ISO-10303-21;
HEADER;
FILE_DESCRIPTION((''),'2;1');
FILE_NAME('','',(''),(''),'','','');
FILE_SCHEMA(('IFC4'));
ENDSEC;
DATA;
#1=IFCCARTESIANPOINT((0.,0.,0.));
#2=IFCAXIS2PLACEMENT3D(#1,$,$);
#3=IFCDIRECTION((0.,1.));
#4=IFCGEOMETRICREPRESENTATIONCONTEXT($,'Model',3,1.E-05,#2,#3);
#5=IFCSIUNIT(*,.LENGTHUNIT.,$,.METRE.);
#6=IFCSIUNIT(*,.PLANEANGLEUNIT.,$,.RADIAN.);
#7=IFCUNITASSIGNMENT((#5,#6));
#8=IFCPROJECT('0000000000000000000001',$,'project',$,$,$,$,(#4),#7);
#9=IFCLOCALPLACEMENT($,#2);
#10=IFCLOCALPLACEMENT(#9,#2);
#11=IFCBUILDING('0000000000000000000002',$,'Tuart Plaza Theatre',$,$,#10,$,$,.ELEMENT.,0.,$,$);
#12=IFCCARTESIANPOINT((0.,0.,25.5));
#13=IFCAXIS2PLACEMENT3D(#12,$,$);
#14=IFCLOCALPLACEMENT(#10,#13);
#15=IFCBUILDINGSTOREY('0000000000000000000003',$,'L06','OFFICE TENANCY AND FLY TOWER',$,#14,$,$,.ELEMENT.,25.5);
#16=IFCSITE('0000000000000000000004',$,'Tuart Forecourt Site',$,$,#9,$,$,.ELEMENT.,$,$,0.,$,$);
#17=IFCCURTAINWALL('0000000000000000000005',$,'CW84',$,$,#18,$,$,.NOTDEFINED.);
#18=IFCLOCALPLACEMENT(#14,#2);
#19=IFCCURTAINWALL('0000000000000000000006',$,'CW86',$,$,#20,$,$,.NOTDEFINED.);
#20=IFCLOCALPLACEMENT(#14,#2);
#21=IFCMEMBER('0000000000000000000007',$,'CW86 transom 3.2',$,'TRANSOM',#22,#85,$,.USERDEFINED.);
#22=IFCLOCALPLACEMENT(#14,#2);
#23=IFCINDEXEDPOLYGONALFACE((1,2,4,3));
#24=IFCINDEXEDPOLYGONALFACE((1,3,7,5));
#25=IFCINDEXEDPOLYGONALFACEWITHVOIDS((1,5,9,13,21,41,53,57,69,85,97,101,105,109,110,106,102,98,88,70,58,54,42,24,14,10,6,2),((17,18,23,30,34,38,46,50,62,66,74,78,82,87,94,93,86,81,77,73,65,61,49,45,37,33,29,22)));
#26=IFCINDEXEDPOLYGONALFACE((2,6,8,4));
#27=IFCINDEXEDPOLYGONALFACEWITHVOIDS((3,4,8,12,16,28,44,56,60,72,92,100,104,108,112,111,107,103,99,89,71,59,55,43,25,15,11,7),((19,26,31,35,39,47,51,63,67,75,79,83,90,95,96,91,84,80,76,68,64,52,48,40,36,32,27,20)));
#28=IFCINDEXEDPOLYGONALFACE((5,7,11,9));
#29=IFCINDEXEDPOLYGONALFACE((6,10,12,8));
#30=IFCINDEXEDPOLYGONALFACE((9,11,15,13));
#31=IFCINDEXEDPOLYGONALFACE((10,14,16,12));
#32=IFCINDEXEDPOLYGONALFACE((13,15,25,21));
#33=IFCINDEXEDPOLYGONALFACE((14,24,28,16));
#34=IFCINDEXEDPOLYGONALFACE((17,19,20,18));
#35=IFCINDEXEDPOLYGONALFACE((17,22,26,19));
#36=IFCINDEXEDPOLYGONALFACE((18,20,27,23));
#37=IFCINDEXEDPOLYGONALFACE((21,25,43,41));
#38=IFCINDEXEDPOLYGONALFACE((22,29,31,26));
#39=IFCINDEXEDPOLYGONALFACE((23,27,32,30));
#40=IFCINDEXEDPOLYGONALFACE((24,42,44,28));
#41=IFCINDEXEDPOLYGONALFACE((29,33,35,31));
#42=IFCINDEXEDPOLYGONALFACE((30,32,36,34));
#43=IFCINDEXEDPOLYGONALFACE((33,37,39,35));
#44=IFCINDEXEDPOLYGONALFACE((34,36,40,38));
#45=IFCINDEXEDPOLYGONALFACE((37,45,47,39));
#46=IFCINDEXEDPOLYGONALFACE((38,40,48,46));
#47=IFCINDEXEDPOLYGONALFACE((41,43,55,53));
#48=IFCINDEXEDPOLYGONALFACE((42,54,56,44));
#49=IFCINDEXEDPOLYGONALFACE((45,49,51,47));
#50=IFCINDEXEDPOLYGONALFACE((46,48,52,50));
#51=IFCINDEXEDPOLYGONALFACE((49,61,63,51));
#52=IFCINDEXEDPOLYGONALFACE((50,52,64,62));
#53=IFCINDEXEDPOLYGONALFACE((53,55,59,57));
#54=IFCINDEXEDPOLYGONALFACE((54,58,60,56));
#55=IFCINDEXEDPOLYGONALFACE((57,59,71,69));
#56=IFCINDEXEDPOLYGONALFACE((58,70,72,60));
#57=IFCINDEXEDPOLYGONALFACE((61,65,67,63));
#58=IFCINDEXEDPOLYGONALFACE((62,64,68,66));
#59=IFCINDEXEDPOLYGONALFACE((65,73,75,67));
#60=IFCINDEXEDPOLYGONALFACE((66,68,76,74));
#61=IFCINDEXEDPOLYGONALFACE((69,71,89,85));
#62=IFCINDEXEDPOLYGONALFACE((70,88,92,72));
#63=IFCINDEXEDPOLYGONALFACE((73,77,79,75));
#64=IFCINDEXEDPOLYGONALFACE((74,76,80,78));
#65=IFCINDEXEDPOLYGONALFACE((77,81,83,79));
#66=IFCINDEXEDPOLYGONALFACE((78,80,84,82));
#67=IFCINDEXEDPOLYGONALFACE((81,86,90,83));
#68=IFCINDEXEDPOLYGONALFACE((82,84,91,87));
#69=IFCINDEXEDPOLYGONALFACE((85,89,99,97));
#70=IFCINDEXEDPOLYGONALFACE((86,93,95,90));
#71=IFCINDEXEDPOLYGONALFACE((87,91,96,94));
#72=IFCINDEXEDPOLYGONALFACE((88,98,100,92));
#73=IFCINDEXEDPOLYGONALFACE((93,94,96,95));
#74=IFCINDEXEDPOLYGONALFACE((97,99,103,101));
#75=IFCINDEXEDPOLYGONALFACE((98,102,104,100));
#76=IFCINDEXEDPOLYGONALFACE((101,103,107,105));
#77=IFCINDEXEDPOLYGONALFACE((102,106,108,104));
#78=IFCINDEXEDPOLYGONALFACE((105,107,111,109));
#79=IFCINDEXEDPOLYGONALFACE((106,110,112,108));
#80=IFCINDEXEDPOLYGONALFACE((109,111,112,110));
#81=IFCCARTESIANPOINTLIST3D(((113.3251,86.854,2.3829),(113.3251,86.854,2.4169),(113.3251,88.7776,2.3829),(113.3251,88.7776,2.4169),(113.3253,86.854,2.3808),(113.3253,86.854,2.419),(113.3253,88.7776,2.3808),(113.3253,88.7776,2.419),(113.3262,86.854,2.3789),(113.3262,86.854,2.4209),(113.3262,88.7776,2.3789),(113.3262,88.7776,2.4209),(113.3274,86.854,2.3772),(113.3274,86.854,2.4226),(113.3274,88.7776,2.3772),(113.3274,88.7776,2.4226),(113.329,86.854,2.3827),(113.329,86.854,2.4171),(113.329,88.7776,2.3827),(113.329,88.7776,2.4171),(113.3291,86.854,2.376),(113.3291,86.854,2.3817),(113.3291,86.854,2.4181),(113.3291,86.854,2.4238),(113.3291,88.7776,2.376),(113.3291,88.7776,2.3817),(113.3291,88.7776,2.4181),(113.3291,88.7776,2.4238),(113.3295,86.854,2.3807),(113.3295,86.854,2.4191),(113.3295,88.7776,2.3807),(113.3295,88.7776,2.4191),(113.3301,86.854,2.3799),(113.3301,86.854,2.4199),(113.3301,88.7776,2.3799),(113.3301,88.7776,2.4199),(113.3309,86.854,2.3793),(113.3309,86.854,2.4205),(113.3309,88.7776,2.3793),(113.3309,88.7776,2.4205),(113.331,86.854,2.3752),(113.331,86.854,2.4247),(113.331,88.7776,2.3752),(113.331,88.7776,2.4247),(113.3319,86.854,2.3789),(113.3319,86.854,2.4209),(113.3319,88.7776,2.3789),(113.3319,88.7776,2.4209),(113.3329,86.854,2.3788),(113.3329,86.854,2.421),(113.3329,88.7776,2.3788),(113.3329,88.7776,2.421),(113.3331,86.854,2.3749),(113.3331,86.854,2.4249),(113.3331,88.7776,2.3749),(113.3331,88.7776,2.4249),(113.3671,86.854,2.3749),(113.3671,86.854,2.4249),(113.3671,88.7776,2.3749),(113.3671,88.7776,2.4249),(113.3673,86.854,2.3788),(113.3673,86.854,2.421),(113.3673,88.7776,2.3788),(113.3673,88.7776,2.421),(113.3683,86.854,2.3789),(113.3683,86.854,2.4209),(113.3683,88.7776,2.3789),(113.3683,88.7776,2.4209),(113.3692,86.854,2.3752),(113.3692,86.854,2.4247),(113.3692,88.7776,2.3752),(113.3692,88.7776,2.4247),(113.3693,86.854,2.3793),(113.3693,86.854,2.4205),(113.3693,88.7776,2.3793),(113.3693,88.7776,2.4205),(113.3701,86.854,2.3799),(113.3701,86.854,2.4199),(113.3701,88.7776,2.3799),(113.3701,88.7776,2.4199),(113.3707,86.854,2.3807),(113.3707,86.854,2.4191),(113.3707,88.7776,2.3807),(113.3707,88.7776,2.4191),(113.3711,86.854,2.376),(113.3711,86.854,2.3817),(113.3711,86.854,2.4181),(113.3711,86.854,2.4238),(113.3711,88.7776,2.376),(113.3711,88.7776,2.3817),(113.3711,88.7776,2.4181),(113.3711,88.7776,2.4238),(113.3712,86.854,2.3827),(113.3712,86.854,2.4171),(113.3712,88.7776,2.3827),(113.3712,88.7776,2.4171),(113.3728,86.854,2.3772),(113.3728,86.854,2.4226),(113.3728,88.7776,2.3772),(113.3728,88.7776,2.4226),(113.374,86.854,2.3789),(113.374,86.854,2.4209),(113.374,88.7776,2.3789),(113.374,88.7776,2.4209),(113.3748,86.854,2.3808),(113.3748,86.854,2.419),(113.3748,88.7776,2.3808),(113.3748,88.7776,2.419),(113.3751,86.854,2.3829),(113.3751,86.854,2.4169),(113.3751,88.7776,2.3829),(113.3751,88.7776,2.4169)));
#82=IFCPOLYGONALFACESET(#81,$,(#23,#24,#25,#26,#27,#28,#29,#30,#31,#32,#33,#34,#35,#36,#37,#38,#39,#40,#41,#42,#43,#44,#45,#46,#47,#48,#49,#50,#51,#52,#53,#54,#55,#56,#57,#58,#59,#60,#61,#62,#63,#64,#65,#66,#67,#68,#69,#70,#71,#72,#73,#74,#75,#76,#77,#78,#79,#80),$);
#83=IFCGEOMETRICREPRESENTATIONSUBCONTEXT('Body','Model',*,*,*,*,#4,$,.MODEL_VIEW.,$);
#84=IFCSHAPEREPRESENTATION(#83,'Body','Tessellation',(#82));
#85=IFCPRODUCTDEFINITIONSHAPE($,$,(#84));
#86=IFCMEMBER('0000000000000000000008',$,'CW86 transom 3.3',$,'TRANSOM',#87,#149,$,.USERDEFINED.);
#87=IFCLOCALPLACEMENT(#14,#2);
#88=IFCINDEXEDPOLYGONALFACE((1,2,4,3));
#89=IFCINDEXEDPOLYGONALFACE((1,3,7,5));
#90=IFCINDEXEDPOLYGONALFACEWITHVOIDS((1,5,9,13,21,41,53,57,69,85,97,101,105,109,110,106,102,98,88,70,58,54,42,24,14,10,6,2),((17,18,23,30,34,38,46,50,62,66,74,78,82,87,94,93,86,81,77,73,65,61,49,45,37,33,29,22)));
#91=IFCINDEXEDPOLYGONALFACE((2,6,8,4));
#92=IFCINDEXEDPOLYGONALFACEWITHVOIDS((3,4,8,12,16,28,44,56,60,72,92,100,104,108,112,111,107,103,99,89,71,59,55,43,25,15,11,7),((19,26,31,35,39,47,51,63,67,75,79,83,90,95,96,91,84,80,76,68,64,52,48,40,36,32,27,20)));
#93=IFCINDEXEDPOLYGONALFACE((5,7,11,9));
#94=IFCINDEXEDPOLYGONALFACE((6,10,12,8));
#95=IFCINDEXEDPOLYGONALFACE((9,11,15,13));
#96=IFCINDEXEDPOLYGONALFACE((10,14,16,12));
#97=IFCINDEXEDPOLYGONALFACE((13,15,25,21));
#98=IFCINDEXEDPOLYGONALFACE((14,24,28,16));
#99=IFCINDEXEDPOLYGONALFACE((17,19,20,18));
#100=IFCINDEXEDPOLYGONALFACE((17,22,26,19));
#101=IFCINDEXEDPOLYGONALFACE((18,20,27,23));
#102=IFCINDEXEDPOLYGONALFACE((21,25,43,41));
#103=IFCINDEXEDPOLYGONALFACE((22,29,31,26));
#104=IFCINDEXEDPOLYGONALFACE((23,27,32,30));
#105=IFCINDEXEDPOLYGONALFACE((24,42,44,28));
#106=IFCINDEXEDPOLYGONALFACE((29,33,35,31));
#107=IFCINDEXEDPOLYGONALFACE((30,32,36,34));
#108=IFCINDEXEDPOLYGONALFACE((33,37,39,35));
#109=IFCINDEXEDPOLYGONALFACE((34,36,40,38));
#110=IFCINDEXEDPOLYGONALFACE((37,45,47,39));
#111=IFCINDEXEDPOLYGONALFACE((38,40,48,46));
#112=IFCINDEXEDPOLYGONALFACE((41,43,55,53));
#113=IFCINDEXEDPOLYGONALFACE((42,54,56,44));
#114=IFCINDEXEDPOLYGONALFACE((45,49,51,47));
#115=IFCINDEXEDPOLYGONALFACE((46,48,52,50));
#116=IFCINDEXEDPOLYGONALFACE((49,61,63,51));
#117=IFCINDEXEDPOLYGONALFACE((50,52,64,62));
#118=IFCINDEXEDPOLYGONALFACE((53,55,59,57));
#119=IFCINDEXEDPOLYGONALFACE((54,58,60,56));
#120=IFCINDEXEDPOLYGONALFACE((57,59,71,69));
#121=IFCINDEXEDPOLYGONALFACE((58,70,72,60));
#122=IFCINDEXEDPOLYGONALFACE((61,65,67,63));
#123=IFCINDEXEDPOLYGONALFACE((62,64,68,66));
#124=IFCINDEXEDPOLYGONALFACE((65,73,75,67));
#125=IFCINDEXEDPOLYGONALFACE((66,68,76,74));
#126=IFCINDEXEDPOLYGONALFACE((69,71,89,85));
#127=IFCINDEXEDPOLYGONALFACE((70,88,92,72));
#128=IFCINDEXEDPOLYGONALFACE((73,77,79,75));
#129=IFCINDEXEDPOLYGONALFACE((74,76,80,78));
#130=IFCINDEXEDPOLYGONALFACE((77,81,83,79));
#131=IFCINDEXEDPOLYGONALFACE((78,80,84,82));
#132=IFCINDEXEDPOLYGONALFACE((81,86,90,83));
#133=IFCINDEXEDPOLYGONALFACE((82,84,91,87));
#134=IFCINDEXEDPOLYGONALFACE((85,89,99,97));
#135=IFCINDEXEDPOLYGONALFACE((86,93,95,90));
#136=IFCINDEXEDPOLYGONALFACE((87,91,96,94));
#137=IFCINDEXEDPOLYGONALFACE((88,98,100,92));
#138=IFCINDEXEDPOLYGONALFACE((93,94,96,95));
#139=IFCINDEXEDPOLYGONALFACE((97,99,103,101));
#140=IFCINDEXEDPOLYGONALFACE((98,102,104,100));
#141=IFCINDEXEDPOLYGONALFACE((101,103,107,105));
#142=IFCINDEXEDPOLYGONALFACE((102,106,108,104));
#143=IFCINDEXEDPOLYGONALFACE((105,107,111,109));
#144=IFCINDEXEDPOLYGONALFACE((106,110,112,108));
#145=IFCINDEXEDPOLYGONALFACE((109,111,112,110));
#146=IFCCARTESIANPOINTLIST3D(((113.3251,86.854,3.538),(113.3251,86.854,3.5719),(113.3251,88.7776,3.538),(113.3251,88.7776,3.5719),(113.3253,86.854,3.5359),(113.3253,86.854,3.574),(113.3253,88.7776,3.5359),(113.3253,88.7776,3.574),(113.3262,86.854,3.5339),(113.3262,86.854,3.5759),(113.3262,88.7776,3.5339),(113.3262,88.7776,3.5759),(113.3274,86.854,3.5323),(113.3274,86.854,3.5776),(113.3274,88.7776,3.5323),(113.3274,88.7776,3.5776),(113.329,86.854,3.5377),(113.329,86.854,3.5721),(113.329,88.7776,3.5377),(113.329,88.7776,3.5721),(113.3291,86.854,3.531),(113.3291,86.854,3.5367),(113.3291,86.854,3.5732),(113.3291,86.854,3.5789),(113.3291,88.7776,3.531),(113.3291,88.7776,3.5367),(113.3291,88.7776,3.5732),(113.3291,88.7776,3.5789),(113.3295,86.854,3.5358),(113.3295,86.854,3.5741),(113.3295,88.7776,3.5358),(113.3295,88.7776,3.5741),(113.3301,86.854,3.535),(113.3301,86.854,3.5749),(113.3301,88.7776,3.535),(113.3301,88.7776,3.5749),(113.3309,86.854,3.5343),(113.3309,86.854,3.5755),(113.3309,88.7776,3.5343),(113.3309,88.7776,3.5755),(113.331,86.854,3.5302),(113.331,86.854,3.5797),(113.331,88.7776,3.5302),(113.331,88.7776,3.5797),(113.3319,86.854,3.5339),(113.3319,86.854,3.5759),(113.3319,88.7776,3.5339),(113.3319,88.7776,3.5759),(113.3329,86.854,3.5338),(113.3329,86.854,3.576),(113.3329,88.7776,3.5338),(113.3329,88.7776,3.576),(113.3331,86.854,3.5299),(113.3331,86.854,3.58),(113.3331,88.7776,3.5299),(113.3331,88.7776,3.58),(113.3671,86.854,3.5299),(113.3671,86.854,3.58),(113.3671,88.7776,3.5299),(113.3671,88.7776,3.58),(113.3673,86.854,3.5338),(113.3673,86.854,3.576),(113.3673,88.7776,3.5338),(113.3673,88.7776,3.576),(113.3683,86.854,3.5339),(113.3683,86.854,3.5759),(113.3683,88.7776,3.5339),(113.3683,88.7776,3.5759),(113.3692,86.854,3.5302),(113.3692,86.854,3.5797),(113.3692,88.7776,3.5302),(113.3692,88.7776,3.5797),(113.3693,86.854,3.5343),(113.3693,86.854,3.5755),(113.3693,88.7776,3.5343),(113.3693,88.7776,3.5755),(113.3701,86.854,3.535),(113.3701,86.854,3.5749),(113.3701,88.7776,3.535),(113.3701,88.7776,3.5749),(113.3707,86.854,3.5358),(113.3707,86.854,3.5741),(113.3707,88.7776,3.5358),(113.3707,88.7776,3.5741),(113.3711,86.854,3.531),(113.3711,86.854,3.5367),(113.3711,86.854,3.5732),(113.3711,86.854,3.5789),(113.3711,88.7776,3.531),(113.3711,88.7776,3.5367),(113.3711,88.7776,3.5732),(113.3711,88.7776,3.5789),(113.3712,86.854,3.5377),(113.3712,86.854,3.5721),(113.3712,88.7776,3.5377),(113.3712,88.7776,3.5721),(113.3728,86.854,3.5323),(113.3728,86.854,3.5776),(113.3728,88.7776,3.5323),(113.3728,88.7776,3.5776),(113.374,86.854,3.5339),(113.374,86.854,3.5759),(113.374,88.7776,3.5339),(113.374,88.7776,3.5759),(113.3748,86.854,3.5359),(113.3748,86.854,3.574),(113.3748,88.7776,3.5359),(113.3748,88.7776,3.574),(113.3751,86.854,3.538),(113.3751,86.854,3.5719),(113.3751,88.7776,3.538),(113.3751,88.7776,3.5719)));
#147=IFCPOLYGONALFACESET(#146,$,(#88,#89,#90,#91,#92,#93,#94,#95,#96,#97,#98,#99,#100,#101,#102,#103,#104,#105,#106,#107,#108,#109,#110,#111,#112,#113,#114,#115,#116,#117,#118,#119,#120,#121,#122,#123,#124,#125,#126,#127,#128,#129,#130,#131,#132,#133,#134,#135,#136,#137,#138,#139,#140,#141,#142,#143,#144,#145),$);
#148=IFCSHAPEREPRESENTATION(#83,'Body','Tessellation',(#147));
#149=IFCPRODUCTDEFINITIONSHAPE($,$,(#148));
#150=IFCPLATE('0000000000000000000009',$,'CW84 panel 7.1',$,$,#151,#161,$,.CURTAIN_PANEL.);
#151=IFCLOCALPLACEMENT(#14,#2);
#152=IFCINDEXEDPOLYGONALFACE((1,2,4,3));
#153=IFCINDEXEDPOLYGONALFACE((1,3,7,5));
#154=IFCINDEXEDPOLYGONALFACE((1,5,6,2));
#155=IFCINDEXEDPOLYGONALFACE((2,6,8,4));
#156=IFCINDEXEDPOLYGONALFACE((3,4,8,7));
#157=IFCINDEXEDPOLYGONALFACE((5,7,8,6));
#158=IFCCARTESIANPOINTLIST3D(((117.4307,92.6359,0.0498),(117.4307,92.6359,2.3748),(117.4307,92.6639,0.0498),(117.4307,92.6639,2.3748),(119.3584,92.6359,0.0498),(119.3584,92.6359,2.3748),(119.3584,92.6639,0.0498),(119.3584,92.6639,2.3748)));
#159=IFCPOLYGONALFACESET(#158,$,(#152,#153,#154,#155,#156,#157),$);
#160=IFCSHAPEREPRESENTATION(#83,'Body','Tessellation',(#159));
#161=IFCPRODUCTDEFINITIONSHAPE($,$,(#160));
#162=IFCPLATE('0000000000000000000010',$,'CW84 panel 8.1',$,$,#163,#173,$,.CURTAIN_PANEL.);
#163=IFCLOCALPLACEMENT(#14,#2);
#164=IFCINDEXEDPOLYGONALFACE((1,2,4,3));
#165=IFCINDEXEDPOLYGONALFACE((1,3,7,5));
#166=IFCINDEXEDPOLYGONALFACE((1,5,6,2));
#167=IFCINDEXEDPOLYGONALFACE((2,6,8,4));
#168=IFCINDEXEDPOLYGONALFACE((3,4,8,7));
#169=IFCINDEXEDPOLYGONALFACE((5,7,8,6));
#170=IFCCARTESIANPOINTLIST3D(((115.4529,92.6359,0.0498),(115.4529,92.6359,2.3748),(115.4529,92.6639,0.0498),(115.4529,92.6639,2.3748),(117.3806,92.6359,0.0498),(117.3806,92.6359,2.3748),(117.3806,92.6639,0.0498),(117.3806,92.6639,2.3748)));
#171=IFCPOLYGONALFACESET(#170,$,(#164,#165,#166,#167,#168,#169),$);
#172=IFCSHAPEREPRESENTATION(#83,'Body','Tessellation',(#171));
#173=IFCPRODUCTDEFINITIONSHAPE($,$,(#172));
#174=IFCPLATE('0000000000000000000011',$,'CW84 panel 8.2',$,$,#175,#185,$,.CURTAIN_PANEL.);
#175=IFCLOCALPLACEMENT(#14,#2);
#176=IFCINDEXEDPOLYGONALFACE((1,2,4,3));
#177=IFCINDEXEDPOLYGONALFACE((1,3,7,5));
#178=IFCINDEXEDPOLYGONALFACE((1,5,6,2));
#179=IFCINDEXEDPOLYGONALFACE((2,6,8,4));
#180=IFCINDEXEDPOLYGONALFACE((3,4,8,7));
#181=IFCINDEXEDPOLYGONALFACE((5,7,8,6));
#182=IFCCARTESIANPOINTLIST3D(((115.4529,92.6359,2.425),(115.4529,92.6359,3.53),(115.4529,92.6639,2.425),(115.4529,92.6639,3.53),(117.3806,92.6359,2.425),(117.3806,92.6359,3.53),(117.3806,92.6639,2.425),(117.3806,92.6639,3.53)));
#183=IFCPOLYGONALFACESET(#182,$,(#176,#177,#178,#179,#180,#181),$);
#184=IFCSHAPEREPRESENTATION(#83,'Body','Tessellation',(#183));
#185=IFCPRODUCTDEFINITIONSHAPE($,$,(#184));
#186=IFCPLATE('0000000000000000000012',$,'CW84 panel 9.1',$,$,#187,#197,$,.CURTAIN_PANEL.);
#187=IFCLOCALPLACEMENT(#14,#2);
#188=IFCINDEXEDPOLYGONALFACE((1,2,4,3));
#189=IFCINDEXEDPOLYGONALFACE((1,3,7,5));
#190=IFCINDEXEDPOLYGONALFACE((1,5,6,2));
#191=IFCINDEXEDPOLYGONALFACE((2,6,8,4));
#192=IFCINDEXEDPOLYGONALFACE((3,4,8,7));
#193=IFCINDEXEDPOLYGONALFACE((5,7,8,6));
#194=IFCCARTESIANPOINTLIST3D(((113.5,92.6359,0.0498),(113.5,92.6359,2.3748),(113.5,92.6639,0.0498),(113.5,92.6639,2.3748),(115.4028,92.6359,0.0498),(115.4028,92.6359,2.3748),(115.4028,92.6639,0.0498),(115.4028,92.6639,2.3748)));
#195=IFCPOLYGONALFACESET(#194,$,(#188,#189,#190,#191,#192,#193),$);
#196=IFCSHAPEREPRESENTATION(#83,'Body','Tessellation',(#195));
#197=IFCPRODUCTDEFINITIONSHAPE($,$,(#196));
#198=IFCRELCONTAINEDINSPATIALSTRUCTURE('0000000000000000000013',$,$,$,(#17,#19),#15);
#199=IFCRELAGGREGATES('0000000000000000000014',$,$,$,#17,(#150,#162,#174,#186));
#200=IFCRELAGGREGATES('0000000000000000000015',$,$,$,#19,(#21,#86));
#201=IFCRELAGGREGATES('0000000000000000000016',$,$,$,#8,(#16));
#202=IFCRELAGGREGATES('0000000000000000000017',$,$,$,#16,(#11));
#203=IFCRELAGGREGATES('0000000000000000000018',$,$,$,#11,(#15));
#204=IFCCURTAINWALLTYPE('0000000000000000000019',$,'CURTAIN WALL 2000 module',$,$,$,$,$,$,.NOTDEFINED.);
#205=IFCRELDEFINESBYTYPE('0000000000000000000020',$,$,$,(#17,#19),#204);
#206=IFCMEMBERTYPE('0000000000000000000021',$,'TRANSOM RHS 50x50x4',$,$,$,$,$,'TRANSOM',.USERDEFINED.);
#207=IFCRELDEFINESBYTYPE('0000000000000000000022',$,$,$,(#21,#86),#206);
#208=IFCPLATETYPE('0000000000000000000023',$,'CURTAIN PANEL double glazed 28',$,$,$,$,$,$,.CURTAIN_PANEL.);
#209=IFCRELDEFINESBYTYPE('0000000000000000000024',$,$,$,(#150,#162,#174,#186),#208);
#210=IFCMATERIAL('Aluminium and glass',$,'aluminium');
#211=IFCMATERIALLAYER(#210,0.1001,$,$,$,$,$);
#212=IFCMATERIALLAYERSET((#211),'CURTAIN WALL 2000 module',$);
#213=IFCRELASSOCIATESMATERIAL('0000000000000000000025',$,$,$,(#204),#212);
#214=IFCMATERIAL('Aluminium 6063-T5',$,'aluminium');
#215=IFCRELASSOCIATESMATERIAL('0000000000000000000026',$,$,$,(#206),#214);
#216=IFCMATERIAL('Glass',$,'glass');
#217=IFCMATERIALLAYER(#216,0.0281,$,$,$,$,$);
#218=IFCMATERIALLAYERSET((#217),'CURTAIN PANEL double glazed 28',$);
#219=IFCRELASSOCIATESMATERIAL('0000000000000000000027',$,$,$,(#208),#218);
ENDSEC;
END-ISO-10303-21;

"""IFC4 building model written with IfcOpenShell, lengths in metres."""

from ifc_helpers import new_model, si_unit, direction, frame, origin, origin_2d, place, context, subcontext, project, spatial, rectangle, hollow_rectangle, extrude, material, layer, layer_set, material_profile, profile_set, type_object, element, aggregate, save


model = new_model("IFC4")

# Units and contexts
model_context = context("Model", 3, precision=1e-05, world=origin(), true_north=direction((0.0, 1.0)))
body_context = subcontext(model_context, "Body", "Model", "MODEL_VIEW")
ifc_project = project(units=[si_unit("LENGTHUNIT", "METRE"), si_unit("PLANEANGLEUNIT", "RADIAN")], contexts=[model_context])

# Site, building, storey
site_placement = place(None, origin())
site = spatial("IfcSite", under=ifc_project, at=site_placement, Name="Tuart Forecourt Site", CompositionType="ELEMENT", RefElevation=0.0)
building_placement = place(site_placement, origin())
building = spatial("IfcBuilding", under=site, at=building_placement, Name="Tuart Plaza Theatre", CompositionType="ELEMENT", ElevationOfRefHeight=0.0)
storey_placement = place(building_placement, frame((0.0, 0.0, 25.5)))
storey = spatial("IfcBuildingStorey", under=building, at=storey_placement, Name="L06", Description="OFFICE TENANCY AND FLY TOWER", CompositionType="ELEMENT", Elevation=25.5)

# Curtain walls, members
ifc_material_1 = material(Name="Aluminium and glass", Category="aluminium")
ifc_layer_1 = layer(ifc_material_1, 0.1001)
ifc_layer_set_1 = layer_set([ifc_layer_1], Name="CURTAIN WALL 2000 module")
curtain_wall_type = type_object("IfcCurtainWallType", Name="CURTAIN WALL 2000 module", PredefinedType="NOTDEFINED", material=ifc_layer_set_1)
curtain_wall_1_placement = place(storey_placement, origin())
curtain_wall_1 = element("IfcCurtainWall", 1, at=curtain_wall_1_placement, inside=storey, type_object=curtain_wall_type, Name="CW84", PredefinedType="NOTDEFINED")
ifc_material_2 = material(Name="Aluminium 6063-T5", Category="aluminium")
ifc_material_profile_1 = material_profile(ifc_material_2, hollow_rectangle(XDim=0.05, YDim=0.05, WallThickness=0.0039, InnerFilletRadius=0.0039, OuterFilletRadius=0.0081, at=origin_2d()), Name="RHS 50x50x4")
ifc_profile_set_1 = profile_set([ifc_material_profile_1], Name="Aluminium 6063-T5")
member_type_1 = type_object("IfcMemberType", Name="TRANSOM RHS 50x50x4", ElementType="TRANSOM", PredefinedType="USERDEFINED", material=ifc_profile_set_1)
curtain_wall_2_placement = place(storey_placement, origin())
curtain_wall_2 = element("IfcCurtainWall", 2, at=curtain_wall_2_placement, inside=storey, type_object=curtain_wall_type, Name="CW86", PredefinedType="NOTDEFINED")
member_1_placement = place(storey_placement, frame((113.3501, 88.7776, 2.3999), z_axis=(0.0, -1.0, 0.0), x_axis=(1.0, 0.0, 0.0)))
member_1 = element("IfcMember", 3, at=member_1_placement, type_object=member_type_1, Name="CW86 transom 3.2", ObjectType="TRANSOM", PredefinedType="USERDEFINED", context=body_context, shape_type="SweptSolid", body=[
    extrude(hollow_rectangle(XDim=0.05, YDim=0.05, WallThickness=0.0039, InnerFilletRadius=0.0039, OuterFilletRadius=0.0081, at=origin_2d()), origin(), (0.0, 0.0, 1.0), 1.9236),
])
member_2_placement = place(storey_placement, frame((113.3501, 88.7776, 3.5549), z_axis=(0.0, -1.0, 0.0), x_axis=(1.0, 0.0, 0.0)))
member_2 = element("IfcMember", 4, at=member_2_placement, type_object=member_type_1, Name="CW86 transom 3.3", ObjectType="TRANSOM", PredefinedType="USERDEFINED", context=body_context, shape_type="SweptSolid", body=[
    extrude(hollow_rectangle(XDim=0.05, YDim=0.05, WallThickness=0.0039, InnerFilletRadius=0.0039, OuterFilletRadius=0.0081, at=origin_2d()), origin(), (0.0, 0.0, 1.0), 1.9236),
])

# Plates
ifc_material_3 = material(Name="Glass", Category="glass")
ifc_layer_2 = layer(ifc_material_3, 0.0281)
ifc_layer_set_2 = layer_set([ifc_layer_2], Name="CURTAIN PANEL double glazed 28")
plate_type = type_object("IfcPlateType", Name="CURTAIN PANEL double glazed 28", PredefinedType="CURTAIN_PANEL", material=ifc_layer_set_2)
plate_1_placement = place(storey_placement, frame((118.3945, 92.6499, 0.0498), z_axis=(0.0, 0.0, 1.0), x_axis=(-1.0, 0.0, 0.0)))
plate_1 = element("IfcPlate", 5, at=plate_1_placement, type_object=plate_type, Name="CW84 panel 7.1", PredefinedType="CURTAIN_PANEL", context=body_context, shape_type="SweptSolid", body=[
    extrude(rectangle(XDim=1.9277, YDim=0.0281, at=origin_2d()), origin(), (0.0, 0.0, 1.0), 2.325),
])
plate_2_placement = place(storey_placement, frame((116.4167, 92.6499, 0.0498), z_axis=(0.0, 0.0, 1.0), x_axis=(-1.0, 0.0, 0.0)))
plate_2 = element("IfcPlate", 6, at=plate_2_placement, type_object=plate_type, Name="CW84 panel 8.1", PredefinedType="CURTAIN_PANEL", context=body_context, shape_type="SweptSolid", body=[
    extrude(rectangle(XDim=1.9277, YDim=0.0281, at=origin_2d()), origin(), (0.0, 0.0, 1.0), 2.325),
])
plate_3_placement = place(storey_placement, frame((116.4167, 92.6499, 2.425), z_axis=(0.0, 0.0, 1.0), x_axis=(-1.0, 0.0, 0.0)))
plate_3 = element("IfcPlate", 7, at=plate_3_placement, type_object=plate_type, Name="CW84 panel 8.2", PredefinedType="CURTAIN_PANEL", context=body_context, shape_type="SweptSolid", body=[
    extrude(rectangle(XDim=1.9277, YDim=0.0281, at=origin_2d()), origin(), (0.0, 0.0, 1.0), 1.105),
])
plate_4_placement = place(storey_placement, frame((114.4514, 92.6499, 0.0498), z_axis=(0.0, 0.0, 1.0), x_axis=(-1.0, 0.0, 0.0)))
plate_4 = element("IfcPlate", 8, at=plate_4_placement, type_object=plate_type, Name="CW84 panel 9.1", PredefinedType="CURTAIN_PANEL", context=body_context, shape_type="SweptSolid", body=[
    extrude(rectangle(XDim=1.9028, YDim=0.0281, at=origin_2d()), origin(), (0.0, 0.0, 1.0), 2.325),
])
aggregate(curtain_wall_1, [plate_1, plate_2, plate_3, plate_4])
aggregate(curtain_wall_2, [member_1, member_2])

save(model, "model.ifc")
